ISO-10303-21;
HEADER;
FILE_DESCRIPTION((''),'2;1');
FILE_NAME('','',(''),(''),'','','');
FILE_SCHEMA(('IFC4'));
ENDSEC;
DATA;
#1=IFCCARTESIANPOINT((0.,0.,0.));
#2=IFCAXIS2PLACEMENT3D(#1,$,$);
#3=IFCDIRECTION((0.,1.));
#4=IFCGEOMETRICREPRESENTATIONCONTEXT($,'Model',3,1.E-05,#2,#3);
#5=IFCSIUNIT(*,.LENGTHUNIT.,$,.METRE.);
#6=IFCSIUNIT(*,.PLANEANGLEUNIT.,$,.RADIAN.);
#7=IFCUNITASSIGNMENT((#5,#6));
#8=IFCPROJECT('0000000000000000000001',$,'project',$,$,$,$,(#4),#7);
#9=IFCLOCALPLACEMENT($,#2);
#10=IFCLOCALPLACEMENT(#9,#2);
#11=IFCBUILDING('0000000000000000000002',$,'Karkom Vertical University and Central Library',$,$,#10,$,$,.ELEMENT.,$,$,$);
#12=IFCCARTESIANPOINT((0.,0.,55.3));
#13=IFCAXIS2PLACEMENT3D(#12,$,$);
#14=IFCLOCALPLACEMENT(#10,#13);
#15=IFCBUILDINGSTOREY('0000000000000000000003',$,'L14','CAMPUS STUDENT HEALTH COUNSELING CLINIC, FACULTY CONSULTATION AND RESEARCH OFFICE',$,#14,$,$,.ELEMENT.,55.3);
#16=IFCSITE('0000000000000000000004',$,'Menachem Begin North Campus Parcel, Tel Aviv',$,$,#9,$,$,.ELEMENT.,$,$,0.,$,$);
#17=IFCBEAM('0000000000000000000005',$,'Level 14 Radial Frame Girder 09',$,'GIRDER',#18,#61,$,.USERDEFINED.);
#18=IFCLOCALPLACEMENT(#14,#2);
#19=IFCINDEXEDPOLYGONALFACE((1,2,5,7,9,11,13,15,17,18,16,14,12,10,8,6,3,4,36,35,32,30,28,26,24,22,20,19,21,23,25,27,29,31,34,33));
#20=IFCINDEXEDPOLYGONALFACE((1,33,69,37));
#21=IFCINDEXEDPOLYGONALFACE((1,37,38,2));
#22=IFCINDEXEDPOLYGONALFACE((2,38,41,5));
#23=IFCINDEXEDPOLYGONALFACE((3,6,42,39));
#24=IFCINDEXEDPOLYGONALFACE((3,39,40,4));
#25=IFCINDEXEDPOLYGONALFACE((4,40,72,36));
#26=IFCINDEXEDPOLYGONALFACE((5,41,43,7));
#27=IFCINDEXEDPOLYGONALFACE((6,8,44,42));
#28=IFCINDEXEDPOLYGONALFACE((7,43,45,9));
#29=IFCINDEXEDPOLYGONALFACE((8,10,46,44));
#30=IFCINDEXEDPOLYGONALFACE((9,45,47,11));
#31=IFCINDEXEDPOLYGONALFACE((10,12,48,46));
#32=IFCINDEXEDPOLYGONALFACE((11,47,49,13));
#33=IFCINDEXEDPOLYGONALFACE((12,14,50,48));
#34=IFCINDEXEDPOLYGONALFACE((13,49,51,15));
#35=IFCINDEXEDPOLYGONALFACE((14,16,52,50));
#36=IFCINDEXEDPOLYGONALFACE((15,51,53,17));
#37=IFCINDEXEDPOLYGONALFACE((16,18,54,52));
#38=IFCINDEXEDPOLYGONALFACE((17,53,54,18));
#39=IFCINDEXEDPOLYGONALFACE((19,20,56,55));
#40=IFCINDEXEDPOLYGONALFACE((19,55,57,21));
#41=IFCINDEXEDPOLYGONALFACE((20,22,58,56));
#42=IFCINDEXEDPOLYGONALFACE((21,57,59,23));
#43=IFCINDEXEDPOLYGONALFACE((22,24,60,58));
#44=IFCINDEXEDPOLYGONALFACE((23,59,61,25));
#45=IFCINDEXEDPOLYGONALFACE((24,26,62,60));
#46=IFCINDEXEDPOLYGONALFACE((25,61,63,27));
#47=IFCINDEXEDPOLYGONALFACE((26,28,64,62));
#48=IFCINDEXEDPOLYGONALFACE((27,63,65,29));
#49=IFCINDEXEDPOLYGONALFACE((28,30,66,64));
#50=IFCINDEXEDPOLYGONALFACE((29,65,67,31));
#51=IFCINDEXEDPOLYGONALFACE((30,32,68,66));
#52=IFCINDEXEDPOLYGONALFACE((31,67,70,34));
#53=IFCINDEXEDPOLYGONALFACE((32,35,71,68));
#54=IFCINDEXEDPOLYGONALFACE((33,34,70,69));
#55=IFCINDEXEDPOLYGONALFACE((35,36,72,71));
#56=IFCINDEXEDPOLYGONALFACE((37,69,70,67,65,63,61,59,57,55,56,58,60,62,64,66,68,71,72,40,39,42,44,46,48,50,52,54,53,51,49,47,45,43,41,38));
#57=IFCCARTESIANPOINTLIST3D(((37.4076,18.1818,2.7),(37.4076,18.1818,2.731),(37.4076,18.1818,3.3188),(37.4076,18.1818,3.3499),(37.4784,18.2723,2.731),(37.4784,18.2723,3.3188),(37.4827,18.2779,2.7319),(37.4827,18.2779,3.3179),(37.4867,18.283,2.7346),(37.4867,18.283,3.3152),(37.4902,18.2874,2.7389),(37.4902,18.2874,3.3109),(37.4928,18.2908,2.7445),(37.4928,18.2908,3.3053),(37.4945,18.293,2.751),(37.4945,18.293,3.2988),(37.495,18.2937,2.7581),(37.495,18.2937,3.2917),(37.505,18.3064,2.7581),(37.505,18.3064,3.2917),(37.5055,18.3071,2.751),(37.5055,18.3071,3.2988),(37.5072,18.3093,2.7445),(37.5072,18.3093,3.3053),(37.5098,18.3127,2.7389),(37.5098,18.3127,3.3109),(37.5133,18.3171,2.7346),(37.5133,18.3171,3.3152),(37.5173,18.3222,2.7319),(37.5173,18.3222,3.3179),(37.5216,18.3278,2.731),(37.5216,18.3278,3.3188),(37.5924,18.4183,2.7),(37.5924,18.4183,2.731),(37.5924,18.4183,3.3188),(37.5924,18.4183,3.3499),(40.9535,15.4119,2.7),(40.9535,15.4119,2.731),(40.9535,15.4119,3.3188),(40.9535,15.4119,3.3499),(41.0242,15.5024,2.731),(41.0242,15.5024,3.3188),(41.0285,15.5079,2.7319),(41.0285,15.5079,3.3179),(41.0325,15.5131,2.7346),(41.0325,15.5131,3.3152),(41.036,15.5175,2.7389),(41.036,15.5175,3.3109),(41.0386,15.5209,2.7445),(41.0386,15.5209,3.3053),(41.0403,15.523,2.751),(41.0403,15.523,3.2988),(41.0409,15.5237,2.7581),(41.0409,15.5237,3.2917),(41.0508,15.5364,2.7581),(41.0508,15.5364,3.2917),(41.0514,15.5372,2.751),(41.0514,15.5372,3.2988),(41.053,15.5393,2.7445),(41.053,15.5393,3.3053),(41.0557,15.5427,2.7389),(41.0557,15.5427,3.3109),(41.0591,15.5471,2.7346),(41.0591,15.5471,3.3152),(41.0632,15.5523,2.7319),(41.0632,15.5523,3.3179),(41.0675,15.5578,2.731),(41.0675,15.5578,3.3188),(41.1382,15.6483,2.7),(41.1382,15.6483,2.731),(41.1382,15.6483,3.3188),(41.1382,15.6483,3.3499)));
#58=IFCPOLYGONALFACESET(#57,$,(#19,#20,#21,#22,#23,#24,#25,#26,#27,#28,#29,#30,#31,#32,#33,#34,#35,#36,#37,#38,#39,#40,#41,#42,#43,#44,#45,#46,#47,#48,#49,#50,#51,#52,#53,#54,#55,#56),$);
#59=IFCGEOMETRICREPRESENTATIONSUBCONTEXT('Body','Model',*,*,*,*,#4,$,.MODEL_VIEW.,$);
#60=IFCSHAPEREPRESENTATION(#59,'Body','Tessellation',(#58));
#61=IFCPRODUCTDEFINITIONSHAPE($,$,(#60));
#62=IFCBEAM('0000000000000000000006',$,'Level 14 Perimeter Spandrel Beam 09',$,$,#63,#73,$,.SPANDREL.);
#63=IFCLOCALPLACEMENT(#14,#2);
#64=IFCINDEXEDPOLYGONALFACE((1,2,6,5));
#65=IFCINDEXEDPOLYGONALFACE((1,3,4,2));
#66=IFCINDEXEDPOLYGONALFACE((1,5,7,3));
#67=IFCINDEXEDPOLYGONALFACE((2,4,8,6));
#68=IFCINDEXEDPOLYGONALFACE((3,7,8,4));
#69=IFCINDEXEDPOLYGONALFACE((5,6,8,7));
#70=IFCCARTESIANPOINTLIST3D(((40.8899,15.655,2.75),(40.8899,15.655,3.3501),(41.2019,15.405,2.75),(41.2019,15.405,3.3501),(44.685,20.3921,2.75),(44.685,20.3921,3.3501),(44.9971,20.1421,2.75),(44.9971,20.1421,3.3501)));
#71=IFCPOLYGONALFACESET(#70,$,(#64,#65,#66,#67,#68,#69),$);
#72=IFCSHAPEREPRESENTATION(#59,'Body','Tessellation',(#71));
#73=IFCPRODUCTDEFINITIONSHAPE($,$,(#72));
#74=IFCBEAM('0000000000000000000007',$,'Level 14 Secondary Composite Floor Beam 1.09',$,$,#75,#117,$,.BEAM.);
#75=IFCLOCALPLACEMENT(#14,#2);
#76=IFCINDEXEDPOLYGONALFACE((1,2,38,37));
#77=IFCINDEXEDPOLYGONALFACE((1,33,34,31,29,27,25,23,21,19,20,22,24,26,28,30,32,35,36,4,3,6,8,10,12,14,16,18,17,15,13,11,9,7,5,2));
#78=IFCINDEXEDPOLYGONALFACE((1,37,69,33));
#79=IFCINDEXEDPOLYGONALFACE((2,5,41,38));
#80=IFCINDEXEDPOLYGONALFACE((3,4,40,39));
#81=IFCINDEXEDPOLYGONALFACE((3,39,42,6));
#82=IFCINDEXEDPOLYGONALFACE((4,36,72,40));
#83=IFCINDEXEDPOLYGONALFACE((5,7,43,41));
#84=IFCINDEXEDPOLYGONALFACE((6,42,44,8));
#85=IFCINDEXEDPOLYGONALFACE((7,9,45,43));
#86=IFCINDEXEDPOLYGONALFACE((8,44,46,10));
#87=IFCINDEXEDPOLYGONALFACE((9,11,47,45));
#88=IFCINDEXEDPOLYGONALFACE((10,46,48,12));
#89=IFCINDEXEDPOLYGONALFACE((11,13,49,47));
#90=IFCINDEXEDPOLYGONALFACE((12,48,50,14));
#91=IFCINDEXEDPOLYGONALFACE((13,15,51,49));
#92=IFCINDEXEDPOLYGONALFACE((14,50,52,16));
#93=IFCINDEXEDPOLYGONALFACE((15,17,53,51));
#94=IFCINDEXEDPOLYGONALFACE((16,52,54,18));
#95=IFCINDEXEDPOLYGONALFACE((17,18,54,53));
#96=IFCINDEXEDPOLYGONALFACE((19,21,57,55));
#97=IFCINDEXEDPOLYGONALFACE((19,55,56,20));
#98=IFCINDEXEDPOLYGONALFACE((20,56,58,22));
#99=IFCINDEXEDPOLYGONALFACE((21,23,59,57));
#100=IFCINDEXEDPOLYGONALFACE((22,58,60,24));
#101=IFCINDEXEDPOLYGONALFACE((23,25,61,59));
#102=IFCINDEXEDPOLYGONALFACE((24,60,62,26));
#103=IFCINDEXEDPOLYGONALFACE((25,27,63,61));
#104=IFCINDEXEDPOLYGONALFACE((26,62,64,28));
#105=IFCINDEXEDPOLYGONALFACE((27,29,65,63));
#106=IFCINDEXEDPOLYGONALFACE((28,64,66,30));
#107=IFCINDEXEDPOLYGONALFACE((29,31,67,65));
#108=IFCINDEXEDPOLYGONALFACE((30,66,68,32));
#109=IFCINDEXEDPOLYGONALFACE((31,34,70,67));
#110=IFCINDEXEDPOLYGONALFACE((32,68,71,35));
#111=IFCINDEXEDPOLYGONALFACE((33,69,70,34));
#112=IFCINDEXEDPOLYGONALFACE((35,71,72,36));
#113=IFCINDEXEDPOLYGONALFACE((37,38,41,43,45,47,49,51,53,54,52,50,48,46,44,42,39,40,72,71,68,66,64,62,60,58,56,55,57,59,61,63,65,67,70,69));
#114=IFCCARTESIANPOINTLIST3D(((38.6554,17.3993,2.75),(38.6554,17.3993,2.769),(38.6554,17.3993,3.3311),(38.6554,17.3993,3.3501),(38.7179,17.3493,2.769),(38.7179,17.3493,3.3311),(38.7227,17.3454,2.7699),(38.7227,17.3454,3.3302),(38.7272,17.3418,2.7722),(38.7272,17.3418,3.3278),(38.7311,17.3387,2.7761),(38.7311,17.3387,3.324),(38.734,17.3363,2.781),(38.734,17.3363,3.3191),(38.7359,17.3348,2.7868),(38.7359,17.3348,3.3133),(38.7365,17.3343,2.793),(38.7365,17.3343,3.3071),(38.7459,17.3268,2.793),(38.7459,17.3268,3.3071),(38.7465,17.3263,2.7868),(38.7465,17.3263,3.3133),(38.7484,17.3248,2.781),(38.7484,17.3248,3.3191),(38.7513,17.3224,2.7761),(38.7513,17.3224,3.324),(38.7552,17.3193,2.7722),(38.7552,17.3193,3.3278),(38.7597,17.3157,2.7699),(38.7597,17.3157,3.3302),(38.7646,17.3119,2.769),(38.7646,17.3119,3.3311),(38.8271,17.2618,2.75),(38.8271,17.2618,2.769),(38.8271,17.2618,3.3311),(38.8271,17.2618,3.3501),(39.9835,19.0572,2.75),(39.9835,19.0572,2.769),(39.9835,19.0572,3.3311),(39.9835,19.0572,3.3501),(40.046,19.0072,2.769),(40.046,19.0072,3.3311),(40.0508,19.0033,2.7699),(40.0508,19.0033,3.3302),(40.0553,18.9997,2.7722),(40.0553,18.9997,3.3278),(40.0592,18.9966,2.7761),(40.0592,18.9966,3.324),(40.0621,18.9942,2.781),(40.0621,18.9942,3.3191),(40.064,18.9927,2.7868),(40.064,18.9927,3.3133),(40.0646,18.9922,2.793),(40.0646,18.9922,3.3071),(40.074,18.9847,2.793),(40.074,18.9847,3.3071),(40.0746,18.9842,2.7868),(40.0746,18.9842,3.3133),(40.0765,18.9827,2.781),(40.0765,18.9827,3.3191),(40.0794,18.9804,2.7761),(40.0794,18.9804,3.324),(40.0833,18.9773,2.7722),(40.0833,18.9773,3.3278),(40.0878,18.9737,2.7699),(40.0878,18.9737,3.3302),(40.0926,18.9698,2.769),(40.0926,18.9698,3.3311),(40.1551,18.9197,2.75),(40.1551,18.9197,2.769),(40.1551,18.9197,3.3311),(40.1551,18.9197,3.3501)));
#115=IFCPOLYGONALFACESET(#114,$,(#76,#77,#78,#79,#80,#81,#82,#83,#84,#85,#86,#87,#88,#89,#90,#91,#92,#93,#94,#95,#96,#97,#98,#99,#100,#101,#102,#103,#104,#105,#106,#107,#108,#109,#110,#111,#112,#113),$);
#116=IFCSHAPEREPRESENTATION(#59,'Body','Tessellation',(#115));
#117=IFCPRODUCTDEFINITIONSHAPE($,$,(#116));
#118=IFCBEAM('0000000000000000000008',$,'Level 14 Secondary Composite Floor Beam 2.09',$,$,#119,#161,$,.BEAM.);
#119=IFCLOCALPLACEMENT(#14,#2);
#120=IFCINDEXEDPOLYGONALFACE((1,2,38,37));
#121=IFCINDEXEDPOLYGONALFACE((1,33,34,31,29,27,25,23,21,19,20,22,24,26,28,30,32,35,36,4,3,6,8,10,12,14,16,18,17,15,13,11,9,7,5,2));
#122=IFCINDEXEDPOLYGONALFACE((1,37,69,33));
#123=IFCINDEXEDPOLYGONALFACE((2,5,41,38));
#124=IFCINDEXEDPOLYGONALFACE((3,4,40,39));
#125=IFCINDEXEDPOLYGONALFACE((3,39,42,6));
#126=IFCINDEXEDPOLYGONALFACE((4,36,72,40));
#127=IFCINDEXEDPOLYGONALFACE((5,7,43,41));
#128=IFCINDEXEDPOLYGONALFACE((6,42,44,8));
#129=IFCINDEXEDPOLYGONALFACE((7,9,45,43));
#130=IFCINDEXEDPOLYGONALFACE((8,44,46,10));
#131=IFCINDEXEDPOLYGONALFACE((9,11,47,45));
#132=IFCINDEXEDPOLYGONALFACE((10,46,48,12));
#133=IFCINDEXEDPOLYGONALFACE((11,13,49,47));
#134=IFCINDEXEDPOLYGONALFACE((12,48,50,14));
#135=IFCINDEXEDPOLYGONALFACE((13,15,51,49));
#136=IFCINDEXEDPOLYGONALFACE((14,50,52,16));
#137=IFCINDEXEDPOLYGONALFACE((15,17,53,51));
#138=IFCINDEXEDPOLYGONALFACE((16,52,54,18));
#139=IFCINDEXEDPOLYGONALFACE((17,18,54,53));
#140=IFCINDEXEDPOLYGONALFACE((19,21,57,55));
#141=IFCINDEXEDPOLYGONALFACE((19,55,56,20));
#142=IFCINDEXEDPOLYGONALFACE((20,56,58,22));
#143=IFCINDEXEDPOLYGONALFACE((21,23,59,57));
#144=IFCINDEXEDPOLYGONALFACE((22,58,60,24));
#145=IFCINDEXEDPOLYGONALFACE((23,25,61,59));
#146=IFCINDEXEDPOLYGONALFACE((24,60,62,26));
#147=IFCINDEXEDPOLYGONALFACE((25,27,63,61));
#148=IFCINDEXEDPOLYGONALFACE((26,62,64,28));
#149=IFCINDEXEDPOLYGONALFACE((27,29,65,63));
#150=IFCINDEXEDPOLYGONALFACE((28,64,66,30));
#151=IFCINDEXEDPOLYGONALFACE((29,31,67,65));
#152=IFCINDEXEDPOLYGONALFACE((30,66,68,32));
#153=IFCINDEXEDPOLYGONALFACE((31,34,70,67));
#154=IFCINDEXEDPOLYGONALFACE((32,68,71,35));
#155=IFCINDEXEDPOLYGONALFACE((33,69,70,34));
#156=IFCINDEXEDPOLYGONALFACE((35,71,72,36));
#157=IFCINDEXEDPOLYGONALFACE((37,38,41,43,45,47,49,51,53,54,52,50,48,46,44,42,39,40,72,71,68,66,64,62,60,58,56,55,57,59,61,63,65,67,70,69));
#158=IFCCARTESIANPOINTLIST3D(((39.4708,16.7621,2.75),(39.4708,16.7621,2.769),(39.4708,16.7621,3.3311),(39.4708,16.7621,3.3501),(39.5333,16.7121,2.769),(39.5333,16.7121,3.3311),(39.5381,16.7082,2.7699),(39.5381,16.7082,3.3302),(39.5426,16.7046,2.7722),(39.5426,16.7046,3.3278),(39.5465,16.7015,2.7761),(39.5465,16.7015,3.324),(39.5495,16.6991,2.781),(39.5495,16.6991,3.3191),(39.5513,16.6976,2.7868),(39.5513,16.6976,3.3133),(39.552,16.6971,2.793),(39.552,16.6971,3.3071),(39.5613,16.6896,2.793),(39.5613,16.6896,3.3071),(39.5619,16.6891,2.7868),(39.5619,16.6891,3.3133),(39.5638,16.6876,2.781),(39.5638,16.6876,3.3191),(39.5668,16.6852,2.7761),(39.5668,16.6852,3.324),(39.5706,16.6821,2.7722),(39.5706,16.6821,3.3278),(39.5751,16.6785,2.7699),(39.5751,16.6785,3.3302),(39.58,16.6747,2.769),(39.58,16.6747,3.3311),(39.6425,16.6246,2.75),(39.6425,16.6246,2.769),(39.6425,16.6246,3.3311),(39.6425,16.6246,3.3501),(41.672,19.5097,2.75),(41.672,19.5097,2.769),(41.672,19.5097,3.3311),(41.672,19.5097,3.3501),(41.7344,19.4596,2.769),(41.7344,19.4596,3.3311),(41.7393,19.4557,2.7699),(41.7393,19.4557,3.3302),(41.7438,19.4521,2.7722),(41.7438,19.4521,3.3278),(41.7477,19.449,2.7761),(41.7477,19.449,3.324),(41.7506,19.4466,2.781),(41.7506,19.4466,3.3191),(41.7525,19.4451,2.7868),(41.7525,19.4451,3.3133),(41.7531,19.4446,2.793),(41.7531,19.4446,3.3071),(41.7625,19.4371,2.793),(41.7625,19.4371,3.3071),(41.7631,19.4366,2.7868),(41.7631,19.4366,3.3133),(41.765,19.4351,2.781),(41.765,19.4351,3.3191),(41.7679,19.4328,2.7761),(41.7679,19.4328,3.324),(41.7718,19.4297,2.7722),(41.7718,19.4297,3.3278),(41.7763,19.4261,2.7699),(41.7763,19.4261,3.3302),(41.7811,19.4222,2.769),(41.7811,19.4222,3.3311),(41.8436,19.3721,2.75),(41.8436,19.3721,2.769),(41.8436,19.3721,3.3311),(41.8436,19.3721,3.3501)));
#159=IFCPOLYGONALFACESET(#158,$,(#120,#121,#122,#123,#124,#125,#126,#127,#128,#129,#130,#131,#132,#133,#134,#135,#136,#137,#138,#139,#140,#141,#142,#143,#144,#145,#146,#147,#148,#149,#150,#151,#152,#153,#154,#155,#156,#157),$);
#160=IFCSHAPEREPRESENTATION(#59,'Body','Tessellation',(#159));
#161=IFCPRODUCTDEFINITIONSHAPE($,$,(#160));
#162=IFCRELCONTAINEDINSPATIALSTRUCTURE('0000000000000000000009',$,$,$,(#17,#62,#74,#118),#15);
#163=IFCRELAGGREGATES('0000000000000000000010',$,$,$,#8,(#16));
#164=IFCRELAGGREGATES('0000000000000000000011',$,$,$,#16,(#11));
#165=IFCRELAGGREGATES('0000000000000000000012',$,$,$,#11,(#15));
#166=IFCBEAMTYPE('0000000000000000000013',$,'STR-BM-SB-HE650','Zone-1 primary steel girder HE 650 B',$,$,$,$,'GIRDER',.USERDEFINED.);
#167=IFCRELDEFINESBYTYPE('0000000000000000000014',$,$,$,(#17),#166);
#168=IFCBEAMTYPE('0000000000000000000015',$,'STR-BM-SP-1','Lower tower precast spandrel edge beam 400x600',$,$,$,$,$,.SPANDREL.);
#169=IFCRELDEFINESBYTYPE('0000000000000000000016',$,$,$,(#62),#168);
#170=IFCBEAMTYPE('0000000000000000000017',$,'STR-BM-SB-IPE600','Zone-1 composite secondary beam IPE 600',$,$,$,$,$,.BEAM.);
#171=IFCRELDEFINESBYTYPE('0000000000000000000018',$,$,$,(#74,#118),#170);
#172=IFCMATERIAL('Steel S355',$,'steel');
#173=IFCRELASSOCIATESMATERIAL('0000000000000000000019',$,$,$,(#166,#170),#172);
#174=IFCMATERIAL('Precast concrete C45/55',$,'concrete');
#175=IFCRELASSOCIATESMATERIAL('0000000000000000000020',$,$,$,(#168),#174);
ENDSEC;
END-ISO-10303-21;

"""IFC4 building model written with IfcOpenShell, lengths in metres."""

from ifc_helpers import new_model, si_unit, direction, frame, origin, origin_with_axes, origin_2d, place, context, subcontext, project, spatial, rectangle, i_section, extrude, source, transform, mapped, material, material_profile, profile_set, type_object, element, save


model = new_model("IFC4")

# Units and contexts
model_context = context("Model", 3, precision=1e-05, world=origin(), true_north=direction((0.0, 1.0)))
body_context = subcontext(model_context, "Body", "Model", "MODEL_VIEW")
ifc_project = project(units=[si_unit("LENGTHUNIT", "METRE"), si_unit("PLANEANGLEUNIT", "RADIAN")], contexts=[model_context])

# Site, building, storey
site_placement = place(None, origin())
site = spatial("IfcSite", under=ifc_project, at=site_placement, Name="Menachem Begin North Campus Parcel, Tel Aviv", CompositionType="ELEMENT", RefElevation=0.0)
building_placement = place(site_placement, origin())
building = spatial("IfcBuilding", under=site, at=building_placement, Name="Karkom Vertical University and Central Library", CompositionType="ELEMENT")
storey_placement = place(building_placement, frame((0.0, 0.0, 55.3)))
storey = spatial("IfcBuildingStorey", under=building, at=storey_placement, Name="L14", Description="CAMPUS STUDENT HEALTH COUNSELING CLINIC, FACULTY CONSULTATION AND RESEARCH OFFICE", CompositionType="ELEMENT", Elevation=55.3)

# Beams
ifc_material_1 = material(Name="Steel S355", Category="steel")
ifc_material_profile_1 = material_profile(ifc_material_1, i_section(OverallWidth=0.3, OverallDepth=0.6499, WebThickness=0.0161, FlangeThickness=0.031, FilletRadius=0.0271, at=origin_2d()), Name="HE 650 B")
ifc_profile_set_1 = profile_set([ifc_material_profile_1], Name="Steel S355")
beam_type_1 = type_object("IfcBeamType", Name="STR-BM-SB-HE650", Description="Zone-1 primary steel girder HE 650 B", ElementType="GIRDER", PredefinedType="USERDEFINED", material=ifc_profile_set_1)
shared_shape_1 = source(origin_with_axes(), body_context, "Body", "SweptSolid", [
    extrude(i_section(OverallWidth=0.3, OverallDepth=0.6499, WebThickness=0.0161, FlangeThickness=0.031, FilletRadius=0.0271, at=origin_2d()), origin(), (0.0, 0.0, 1.0), 4.4995),
])
beam_1_placement = place(storey_placement, frame((37.5, 18.3, 3.0249), z_axis=(0.788047, -0.615615, 0.0), x_axis=(0.615615, 0.788047, 0.0)))
element("IfcBeam", 1, at=beam_1_placement, inside=storey, type_object=beam_type_1, Name="Level 14 Radial Frame Girder 09", ObjectType="GIRDER", PredefinedType="USERDEFINED", context=body_context, shape_type="MappedRepresentation", body=[
    mapped(shared_shape_1, transform((0.0, 0.0, 0.0), scale=1.0)),
])
ifc_material_2 = material(Name="Precast concrete C45/55", Category="concrete")
ifc_material_profile_2 = material_profile(ifc_material_2, rectangle(XDim=0.3999, YDim=0.6001, at=origin_2d()), Name="SPB-400x600")
ifc_profile_set_2 = profile_set([ifc_material_profile_2], Name="Precast concrete C45/55")
beam_type_2 = type_object("IfcBeamType", Name="STR-BM-SP-1", Description="Lower tower precast spandrel edge beam 400x600", PredefinedType="SPANDREL", material=ifc_profile_set_2)
shared_shape_2 = source(origin_with_axes(), body_context, "Body", "SweptSolid", [
    extrude(rectangle(XDim=0.3999, YDim=0.6001, at=origin_2d()), origin(), (0.0, 0.0, 1.0), 6.0698),
])
beam_2_placement = place(storey_placement, frame((41.0459, 15.53, 3.05), z_axis=(0.625249, 0.780425, 0.0), x_axis=(-0.780425, 0.625249, 0.0)))
element("IfcBeam", 2, at=beam_2_placement, inside=storey, type_object=beam_type_2, Name="Level 14 Perimeter Spandrel Beam 09", PredefinedType="SPANDREL", context=body_context, shape_type="MappedRepresentation", body=[
    mapped(shared_shape_2, transform((0.0, 0.0, 0.0), scale=1.0)),
])
ifc_material_profile_3 = material_profile(ifc_material_1, i_section(OverallWidth=0.22, OverallDepth=0.6001, WebThickness=0.012, FlangeThickness=0.019, FilletRadius=0.0239, at=origin_2d()), Name="IPE 600")
ifc_profile_set_3 = profile_set([ifc_material_profile_3], Name="Steel S355")
beam_type_3 = type_object("IfcBeamType", Name="STR-BM-SB-IPE600", Description="Zone-1 composite secondary beam IPE 600", PredefinedType="BEAM", material=ifc_profile_set_3)
shared_shape_3 = source(origin_with_axes(), body_context, "Body", "SweptSolid", [
    extrude(i_section(OverallWidth=0.22, OverallDepth=0.6001, WebThickness=0.012, FlangeThickness=0.019, FilletRadius=0.0239, at=origin_2d()), origin(), (0.0, 0.0, 1.0), 2.1243),
])
beam_3_placement = place(storey_placement, frame((38.7412, 17.3306, 3.05), z_axis=(0.625199, 0.780465, 0.0), x_axis=(-0.780465, 0.625199, 0.0)))
element("IfcBeam", 3, at=beam_3_placement, inside=storey, type_object=beam_type_3, Name="Level 14 Secondary Composite Floor Beam 1.09", PredefinedType="BEAM", context=body_context, shape_type="MappedRepresentation", body=[
    mapped(shared_shape_3, transform((0.0, 0.0, 0.0), scale=1.0)),
])
shared_shape_4 = source(origin_with_axes(), body_context, "Body", "SweptSolid", [
    extrude(i_section(OverallWidth=0.22, OverallDepth=0.6001, WebThickness=0.012, FlangeThickness=0.019, FilletRadius=0.0239, at=origin_2d()), origin(), (0.0, 0.0, 1.0), 3.5205),
])
beam_4_placement = place(storey_placement, frame((39.5566, 16.6934, 3.05), z_axis=(0.625236, 0.780436, 0.0), x_axis=(-0.780436, 0.625236, 0.0)))
element("IfcBeam", 4, at=beam_4_placement, inside=storey, type_object=beam_type_3, Name="Level 14 Secondary Composite Floor Beam 2.09", PredefinedType="BEAM", context=body_context, shape_type="MappedRepresentation", body=[
    mapped(shared_shape_4, transform((0.0, 0.0, 0.0), scale=1.0)),
])

save(model, "model.ifc")
